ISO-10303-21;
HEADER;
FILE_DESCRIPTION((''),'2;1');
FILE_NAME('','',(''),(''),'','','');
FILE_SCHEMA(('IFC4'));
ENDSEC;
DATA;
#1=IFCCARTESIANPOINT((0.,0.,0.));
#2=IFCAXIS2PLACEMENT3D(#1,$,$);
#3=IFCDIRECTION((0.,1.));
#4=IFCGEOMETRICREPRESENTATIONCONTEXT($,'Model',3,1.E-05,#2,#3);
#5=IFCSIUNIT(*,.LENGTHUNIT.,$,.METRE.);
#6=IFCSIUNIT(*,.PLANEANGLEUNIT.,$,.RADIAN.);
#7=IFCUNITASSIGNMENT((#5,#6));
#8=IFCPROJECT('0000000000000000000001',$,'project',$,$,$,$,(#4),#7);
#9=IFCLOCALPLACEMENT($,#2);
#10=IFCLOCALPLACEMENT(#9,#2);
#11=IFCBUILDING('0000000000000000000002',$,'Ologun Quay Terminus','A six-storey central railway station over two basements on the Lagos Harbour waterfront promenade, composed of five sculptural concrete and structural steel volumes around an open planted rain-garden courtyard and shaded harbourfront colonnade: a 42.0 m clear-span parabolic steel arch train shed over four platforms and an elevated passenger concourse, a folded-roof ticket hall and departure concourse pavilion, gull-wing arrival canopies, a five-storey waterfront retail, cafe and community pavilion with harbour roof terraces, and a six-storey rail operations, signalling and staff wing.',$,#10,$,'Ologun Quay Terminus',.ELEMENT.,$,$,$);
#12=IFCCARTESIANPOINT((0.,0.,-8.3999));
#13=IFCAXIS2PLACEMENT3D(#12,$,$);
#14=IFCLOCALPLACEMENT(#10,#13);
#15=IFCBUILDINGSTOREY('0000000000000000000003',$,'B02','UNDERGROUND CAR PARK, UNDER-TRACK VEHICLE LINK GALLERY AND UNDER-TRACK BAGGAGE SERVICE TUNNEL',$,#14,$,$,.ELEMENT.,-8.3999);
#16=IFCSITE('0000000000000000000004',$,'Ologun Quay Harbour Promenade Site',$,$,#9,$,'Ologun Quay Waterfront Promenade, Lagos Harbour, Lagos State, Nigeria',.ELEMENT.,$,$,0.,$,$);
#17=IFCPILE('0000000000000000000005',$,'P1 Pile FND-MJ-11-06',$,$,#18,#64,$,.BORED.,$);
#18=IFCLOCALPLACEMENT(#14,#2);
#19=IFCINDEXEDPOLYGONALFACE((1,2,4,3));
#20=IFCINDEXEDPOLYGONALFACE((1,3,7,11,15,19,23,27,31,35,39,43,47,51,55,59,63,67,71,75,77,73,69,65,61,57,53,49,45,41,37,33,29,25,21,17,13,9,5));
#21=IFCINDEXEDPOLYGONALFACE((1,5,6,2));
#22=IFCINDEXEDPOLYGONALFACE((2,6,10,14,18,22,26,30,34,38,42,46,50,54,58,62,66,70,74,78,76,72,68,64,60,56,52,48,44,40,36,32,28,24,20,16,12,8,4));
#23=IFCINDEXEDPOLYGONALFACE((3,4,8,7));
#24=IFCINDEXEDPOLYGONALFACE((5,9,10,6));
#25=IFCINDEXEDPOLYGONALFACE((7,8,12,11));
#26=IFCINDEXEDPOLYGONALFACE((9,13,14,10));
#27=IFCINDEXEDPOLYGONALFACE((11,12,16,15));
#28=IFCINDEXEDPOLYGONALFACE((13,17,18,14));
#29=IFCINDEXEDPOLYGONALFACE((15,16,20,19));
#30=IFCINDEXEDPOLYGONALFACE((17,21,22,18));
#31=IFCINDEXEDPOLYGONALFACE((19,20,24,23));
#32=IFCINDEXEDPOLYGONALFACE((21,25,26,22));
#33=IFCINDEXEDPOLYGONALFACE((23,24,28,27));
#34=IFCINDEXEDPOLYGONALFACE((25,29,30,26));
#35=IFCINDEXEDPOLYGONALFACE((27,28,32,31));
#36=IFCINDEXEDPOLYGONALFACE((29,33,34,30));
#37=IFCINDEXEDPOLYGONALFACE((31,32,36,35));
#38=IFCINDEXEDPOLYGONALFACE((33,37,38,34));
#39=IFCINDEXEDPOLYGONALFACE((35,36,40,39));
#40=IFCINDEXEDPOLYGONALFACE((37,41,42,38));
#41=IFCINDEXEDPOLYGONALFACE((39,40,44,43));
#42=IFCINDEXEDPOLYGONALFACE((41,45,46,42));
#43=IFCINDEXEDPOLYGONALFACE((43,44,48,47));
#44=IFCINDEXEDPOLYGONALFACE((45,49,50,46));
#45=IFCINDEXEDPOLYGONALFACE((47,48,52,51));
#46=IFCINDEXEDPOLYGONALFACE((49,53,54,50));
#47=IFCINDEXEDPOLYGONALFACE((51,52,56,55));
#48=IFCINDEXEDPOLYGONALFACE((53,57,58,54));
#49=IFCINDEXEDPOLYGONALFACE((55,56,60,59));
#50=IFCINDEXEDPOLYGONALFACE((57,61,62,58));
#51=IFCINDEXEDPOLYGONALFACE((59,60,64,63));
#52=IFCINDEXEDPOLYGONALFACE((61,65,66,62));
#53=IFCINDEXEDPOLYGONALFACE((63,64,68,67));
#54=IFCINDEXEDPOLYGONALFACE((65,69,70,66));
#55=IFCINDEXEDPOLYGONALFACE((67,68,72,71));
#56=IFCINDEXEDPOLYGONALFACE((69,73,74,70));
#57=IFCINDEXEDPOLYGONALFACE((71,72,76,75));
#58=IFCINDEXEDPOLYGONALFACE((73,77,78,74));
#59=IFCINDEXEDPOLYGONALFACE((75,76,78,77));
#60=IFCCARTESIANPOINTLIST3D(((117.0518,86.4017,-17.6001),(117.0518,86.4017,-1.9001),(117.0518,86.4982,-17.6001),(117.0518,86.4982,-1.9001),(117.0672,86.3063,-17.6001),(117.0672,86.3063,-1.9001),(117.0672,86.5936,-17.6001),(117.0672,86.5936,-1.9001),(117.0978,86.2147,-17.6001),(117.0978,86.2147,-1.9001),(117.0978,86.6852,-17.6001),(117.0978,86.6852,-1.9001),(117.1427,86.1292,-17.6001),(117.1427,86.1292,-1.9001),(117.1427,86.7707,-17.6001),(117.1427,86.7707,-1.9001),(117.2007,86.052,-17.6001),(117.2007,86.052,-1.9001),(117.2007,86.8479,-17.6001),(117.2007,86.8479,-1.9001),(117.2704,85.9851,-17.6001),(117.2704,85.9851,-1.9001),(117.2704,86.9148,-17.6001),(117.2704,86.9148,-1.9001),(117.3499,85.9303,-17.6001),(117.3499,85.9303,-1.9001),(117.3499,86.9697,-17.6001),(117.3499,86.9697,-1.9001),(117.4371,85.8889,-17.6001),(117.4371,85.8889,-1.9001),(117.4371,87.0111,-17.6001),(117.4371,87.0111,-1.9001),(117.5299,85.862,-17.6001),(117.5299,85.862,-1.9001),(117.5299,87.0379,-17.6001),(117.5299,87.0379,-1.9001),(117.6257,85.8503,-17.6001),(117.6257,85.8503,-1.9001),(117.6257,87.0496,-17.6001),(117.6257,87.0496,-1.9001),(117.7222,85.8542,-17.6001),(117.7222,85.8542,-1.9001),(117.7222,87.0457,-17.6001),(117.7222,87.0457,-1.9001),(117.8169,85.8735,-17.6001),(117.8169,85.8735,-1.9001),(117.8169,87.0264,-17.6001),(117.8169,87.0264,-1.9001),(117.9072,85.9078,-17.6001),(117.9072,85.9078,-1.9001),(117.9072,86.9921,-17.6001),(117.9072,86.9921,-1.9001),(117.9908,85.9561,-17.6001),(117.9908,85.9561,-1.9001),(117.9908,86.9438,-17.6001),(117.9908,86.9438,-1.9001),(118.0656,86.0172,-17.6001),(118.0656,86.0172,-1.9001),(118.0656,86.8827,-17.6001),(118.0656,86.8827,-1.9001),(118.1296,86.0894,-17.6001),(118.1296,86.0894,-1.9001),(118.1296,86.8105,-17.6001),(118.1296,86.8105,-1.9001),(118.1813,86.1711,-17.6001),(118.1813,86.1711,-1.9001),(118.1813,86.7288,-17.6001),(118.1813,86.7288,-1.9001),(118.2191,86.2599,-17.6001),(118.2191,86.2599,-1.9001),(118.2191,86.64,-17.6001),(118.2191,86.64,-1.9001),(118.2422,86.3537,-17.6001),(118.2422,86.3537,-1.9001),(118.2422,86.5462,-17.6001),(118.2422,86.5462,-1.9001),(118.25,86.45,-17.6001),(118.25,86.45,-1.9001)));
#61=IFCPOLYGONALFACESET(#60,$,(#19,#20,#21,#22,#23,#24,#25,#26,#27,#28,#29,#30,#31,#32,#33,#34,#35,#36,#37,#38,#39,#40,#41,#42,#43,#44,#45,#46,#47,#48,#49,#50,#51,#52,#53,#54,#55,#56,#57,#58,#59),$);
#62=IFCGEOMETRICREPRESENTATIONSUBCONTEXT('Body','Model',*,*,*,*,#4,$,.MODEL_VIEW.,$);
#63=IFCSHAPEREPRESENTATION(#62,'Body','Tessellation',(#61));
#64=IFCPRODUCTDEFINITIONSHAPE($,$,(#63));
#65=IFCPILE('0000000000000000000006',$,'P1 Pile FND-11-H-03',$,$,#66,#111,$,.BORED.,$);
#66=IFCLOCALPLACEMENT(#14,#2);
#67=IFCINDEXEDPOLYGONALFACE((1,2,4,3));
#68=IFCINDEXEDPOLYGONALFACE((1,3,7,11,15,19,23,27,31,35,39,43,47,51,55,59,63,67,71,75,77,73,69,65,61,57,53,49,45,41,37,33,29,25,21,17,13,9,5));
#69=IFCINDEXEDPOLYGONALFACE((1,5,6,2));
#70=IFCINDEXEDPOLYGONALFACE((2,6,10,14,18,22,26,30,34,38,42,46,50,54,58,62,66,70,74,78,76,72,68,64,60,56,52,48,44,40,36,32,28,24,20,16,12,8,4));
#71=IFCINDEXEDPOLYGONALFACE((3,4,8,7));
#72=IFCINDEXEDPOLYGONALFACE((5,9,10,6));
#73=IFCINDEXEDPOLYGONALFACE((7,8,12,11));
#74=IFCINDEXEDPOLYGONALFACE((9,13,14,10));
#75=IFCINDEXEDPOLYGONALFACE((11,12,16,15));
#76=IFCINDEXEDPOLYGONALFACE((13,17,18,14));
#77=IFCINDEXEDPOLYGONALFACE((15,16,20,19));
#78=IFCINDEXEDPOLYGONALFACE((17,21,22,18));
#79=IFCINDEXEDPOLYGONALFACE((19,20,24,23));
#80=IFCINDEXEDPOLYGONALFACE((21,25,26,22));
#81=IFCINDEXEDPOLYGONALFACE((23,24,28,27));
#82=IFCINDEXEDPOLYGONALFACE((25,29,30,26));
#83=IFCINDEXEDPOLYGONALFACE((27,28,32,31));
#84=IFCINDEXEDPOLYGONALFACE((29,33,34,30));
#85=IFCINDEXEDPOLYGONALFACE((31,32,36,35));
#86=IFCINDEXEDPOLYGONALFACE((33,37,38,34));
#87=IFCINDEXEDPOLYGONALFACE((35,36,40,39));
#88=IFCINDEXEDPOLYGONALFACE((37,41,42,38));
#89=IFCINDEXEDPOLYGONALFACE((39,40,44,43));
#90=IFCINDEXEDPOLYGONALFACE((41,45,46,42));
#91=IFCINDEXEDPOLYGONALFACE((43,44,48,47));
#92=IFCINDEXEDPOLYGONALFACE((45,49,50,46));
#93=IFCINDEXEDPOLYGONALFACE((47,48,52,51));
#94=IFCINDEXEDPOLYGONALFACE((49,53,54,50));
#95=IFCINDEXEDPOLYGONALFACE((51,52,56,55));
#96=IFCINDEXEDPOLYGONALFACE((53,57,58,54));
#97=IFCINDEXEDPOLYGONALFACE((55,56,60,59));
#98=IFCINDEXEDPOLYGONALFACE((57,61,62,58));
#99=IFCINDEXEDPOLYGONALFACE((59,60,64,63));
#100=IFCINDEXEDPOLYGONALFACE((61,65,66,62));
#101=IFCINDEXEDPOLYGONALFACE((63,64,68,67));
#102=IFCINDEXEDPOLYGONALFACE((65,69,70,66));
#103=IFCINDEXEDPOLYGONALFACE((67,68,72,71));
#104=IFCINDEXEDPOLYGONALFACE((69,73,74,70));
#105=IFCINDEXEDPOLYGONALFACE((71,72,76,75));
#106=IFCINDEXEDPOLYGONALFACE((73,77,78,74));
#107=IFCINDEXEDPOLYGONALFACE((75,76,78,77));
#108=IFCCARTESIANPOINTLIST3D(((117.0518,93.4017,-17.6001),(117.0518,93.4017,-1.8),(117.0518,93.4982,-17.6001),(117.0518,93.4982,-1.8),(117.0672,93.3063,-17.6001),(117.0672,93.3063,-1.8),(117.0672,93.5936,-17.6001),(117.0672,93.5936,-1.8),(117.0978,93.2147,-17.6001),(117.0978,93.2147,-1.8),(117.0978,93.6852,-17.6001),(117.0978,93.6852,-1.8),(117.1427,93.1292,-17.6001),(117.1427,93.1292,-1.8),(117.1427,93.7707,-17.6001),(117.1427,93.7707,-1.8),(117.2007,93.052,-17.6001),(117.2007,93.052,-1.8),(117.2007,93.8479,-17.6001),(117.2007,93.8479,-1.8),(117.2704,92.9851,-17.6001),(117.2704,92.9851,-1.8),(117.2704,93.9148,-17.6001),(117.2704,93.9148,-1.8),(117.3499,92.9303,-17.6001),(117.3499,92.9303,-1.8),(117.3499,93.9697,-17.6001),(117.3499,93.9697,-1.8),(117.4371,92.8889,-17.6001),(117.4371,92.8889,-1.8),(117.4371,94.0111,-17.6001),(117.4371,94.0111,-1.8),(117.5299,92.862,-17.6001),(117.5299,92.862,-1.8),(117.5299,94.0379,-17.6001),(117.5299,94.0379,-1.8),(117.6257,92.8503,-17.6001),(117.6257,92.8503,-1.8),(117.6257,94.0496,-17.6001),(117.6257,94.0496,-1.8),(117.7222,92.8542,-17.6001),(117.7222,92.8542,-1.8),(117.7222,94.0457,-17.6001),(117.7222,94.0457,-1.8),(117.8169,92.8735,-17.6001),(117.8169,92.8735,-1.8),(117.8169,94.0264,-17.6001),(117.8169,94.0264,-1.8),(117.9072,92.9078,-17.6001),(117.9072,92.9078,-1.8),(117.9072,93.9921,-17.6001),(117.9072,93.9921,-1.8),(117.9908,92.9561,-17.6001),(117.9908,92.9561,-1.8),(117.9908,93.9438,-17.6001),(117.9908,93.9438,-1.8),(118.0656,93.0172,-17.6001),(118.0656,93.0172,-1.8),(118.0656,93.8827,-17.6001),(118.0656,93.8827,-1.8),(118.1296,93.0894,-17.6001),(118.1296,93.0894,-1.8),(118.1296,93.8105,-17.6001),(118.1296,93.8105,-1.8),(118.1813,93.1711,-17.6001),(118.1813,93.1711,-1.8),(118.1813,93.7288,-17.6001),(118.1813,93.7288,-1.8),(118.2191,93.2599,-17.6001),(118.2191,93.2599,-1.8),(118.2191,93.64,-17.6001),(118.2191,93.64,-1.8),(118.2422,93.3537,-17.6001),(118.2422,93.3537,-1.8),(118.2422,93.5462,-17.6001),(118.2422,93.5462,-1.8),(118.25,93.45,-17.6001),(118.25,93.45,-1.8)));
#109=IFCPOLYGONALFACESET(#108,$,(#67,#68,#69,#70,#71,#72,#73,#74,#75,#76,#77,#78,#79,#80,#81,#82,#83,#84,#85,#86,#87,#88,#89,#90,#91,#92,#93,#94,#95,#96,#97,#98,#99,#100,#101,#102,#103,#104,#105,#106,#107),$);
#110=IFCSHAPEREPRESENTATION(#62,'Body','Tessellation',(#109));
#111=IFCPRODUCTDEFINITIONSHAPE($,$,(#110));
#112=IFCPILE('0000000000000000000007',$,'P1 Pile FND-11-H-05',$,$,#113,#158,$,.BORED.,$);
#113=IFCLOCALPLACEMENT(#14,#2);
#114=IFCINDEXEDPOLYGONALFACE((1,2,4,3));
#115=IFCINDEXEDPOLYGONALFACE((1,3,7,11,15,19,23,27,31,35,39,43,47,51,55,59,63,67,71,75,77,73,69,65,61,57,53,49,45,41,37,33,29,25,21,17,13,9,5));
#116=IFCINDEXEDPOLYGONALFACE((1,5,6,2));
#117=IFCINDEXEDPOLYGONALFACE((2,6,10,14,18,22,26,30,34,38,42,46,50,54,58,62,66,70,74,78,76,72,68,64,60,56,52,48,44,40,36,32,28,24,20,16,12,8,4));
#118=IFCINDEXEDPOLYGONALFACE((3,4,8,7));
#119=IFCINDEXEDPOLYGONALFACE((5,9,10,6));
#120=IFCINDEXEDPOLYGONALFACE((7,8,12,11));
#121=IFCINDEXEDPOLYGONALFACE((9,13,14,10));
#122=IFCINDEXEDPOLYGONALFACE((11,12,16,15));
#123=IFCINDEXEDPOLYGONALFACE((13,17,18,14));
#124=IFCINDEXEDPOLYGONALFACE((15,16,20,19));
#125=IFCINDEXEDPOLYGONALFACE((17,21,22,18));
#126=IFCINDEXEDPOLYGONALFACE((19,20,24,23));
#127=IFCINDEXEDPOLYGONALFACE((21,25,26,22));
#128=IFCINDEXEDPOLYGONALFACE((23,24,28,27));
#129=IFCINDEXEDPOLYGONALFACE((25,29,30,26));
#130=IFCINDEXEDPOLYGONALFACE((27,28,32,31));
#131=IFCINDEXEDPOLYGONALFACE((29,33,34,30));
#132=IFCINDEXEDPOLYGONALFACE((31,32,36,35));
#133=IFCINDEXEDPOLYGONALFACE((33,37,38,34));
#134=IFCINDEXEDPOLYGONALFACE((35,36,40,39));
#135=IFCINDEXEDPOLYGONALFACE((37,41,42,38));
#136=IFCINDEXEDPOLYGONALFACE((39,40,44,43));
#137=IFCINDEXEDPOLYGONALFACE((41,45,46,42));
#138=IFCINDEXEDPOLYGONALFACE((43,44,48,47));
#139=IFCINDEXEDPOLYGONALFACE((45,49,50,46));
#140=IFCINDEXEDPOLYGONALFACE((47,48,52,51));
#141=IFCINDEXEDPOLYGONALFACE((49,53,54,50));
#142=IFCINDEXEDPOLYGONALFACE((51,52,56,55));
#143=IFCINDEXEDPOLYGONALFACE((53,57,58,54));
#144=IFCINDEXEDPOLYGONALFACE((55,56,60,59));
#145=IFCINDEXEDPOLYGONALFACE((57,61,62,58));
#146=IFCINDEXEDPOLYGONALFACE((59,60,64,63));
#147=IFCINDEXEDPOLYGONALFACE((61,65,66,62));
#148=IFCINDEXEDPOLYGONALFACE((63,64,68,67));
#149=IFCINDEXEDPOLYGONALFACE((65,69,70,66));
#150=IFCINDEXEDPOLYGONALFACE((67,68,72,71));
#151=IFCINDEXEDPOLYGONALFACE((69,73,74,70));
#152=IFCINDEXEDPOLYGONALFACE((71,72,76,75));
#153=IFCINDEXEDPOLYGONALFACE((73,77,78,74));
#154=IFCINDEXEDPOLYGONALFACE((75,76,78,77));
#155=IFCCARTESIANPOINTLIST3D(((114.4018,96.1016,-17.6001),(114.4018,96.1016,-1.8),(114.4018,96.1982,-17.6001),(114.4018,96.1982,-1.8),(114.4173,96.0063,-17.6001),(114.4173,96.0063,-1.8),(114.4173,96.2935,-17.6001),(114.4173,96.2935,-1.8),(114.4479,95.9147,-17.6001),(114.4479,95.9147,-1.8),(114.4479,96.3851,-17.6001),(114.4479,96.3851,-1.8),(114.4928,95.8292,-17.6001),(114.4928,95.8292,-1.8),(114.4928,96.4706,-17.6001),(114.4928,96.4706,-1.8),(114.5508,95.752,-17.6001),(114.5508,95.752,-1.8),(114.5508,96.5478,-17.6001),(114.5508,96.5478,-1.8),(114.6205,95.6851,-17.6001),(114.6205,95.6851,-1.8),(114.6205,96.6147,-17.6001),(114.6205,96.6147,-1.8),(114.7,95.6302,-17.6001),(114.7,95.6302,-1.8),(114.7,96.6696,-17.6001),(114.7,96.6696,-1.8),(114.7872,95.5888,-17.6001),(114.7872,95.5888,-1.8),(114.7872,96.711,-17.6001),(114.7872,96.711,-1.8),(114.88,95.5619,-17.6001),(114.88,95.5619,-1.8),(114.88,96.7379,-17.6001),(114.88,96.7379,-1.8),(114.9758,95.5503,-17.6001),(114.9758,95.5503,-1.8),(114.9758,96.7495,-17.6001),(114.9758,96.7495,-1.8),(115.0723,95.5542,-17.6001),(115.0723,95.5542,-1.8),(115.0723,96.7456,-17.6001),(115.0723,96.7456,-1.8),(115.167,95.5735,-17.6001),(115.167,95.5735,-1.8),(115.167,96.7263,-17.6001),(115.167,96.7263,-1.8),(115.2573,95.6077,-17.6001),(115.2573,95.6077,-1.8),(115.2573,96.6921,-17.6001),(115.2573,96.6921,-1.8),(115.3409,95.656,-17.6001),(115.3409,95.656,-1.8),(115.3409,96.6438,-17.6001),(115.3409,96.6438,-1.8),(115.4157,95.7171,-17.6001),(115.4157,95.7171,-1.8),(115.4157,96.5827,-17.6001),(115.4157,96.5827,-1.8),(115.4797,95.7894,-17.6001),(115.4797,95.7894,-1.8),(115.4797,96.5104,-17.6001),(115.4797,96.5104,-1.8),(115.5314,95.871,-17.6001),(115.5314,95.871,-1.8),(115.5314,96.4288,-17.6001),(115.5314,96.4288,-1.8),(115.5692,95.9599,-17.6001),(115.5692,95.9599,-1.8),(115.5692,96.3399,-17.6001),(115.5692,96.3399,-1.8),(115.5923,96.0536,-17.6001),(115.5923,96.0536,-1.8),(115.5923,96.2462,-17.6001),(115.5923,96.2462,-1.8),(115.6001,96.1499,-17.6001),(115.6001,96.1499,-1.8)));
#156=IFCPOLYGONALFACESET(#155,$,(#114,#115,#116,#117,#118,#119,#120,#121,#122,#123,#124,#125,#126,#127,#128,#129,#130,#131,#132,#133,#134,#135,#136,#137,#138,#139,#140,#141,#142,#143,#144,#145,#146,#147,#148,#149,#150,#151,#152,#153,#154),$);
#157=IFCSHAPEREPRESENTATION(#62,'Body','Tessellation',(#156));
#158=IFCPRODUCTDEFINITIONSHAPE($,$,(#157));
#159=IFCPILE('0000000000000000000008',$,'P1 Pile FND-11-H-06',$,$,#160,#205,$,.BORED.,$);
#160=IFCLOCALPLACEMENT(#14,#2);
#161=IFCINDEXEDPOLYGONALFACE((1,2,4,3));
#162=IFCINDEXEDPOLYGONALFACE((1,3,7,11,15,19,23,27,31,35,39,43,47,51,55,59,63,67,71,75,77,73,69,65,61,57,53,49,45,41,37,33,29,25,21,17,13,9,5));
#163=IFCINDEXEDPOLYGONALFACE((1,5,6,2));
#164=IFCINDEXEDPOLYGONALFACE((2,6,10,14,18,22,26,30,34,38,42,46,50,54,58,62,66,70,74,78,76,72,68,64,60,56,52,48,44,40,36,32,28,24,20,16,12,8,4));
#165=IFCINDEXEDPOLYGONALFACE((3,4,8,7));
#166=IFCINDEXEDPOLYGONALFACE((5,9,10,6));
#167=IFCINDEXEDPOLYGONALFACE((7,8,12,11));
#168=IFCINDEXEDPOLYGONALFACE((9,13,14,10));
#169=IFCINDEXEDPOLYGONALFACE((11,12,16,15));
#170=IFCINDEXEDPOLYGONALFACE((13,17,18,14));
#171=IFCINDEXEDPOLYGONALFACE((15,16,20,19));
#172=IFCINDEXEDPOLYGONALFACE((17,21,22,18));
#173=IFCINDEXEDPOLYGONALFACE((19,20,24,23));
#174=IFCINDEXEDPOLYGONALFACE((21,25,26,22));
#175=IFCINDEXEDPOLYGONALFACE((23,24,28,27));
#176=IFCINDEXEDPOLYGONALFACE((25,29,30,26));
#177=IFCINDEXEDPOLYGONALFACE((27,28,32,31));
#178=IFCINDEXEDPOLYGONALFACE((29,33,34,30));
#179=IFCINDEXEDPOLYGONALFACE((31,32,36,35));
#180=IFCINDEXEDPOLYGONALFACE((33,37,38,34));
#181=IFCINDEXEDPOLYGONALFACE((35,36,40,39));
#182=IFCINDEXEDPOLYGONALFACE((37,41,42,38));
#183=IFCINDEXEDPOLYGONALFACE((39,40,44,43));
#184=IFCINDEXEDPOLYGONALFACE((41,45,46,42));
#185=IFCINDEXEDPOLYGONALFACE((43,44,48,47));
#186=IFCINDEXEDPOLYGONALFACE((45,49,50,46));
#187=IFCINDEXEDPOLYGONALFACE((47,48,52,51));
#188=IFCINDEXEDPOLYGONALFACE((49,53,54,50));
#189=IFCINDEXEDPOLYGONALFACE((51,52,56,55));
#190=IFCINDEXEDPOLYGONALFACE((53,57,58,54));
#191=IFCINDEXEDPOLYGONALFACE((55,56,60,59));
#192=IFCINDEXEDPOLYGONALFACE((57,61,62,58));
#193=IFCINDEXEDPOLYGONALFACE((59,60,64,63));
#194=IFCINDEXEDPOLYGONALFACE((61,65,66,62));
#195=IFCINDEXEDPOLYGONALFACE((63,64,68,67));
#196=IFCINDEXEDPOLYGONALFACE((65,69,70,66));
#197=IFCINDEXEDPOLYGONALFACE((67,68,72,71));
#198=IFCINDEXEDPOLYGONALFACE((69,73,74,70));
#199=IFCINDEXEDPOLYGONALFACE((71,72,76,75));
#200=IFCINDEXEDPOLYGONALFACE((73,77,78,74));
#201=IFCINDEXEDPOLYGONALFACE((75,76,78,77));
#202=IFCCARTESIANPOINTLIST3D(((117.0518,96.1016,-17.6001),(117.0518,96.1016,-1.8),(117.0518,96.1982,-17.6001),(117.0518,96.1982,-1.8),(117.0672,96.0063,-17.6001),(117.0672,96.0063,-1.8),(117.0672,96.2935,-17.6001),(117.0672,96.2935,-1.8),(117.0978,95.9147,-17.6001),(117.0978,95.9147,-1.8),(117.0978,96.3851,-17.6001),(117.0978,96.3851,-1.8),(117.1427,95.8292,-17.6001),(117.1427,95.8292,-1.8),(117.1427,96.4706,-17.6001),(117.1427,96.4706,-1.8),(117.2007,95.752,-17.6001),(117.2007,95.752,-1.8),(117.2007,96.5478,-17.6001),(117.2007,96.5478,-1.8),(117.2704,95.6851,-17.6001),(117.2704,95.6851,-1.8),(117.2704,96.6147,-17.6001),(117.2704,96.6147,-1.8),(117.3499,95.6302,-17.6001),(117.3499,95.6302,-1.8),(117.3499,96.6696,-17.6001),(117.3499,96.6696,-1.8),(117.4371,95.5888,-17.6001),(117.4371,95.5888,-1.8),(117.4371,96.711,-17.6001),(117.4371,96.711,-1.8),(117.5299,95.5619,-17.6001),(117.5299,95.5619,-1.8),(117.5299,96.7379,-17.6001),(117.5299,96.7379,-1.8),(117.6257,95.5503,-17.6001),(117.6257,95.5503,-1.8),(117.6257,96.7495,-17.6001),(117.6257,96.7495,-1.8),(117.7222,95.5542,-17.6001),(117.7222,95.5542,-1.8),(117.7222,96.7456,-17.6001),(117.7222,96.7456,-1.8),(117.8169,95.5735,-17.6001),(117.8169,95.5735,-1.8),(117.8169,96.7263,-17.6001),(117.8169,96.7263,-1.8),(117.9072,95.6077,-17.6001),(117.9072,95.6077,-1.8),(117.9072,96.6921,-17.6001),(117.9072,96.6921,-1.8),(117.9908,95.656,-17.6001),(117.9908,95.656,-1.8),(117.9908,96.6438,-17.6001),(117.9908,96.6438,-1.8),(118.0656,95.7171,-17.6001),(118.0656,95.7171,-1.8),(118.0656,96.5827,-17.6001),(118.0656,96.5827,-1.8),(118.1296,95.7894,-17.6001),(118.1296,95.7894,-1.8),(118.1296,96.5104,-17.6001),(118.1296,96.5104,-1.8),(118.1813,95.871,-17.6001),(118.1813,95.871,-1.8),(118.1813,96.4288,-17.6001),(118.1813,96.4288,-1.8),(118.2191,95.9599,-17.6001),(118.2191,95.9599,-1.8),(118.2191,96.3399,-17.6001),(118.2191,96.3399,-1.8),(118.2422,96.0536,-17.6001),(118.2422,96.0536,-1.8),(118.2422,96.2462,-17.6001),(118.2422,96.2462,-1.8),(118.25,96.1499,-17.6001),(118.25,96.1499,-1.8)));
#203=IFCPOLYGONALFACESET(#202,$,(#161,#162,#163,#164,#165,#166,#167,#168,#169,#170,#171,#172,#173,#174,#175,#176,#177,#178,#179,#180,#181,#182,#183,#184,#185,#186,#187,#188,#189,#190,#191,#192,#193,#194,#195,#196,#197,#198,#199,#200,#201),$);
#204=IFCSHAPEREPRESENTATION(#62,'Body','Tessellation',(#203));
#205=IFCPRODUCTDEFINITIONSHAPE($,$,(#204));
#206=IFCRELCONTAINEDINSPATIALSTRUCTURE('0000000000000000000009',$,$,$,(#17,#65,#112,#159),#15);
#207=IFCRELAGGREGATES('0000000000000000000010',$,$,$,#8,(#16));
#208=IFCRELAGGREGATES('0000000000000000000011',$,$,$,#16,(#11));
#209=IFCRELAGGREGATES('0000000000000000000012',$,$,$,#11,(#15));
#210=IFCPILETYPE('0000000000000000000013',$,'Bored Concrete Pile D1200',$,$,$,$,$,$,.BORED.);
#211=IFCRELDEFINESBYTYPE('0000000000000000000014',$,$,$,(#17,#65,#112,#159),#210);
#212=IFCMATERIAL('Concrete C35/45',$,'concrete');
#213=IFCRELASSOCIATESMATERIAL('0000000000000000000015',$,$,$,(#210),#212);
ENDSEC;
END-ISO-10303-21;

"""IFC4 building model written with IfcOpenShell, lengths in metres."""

from ifc_helpers import new_model, si_unit, direction, frame, origin, origin_2d, place, context, subcontext, project, spatial, circle, extrude, material, material_profile, profile_set, type_object, element, save


model = new_model("IFC4")

# Units and contexts
model_context = context("Model", 3, precision=1e-05, world=origin(), true_north=direction((0.0, 1.0)))
body_context = subcontext(model_context, "Body", "Model", "MODEL_VIEW")
ifc_project = project(units=[si_unit("LENGTHUNIT", "METRE"), si_unit("PLANEANGLEUNIT", "RADIAN")], contexts=[model_context])

# Site, building, storey
site_placement = place(None, origin())
site = spatial("IfcSite", under=ifc_project, at=site_placement, Name="Ologun Quay Harbour Promenade Site", LongName="Ologun Quay Waterfront Promenade, Lagos Harbour, Lagos State, Nigeria", CompositionType="ELEMENT", RefElevation=0.0)
building_placement = place(site_placement, origin())
building = spatial("IfcBuilding", under=site, at=building_placement, Name="Ologun Quay Terminus", Description="A six-storey central railway station over two basements on the Lagos Harbour waterfront promenade, composed of five sculptural concrete and structural steel volumes around an open planted rain-garden courtyard and shaded harbourfront colonnade: a 42.0 m clear-span parabolic steel arch train shed over four platforms and an elevated passenger concourse, a folded-roof ticket hall and departure concourse pavilion, gull-wing arrival canopies, a five-storey waterfront retail, cafe and community pavilion with harbour roof terraces, and a six-storey rail operations, signalling and staff wing.", LongName="Ologun Quay Terminus", CompositionType="ELEMENT")
storey_placement = place(building_placement, frame((0.0, 0.0, -8.3999)))
storey = spatial("IfcBuildingStorey", under=building, at=storey_placement, Name="B02", Description="UNDERGROUND CAR PARK, UNDER-TRACK VEHICLE LINK GALLERY AND UNDER-TRACK BAGGAGE SERVICE TUNNEL", CompositionType="ELEMENT", Elevation=-8.3999)

# Piles
ifc_material_1 = material(Name="Concrete C35/45", Category="concrete")
ifc_material_profile_1 = material_profile(ifc_material_1, circle(Radius=0.6001, at=origin_2d()), Name="PILE D1200")
ifc_profile_set_1 = profile_set([ifc_material_profile_1], Name="Concrete C35/45")
pile_type = type_object("IfcPileType", Name="Bored Concrete Pile D1200", PredefinedType="BORED", material=ifc_profile_set_1)
pile_placement = place(storey_placement, frame((117.6499, 86.45, -1.9001), z_axis=(0.0, 0.0, -1.0), x_axis=(1.0, 0.0, 0.0)))
element("IfcPile", 1, at=pile_placement, inside=storey, type_object=pile_type, Name="P1 Pile FND-MJ-11-06", PredefinedType="BORED", context=body_context, shape_type="SweptSolid", body=[
    extrude(circle(Radius=0.6001, at=origin_2d()), origin(), (0.0, 0.0, 1.0), 15.7),
])
for number, where, z_axis, x_axis, name in (
    (2, (117.6499, 93.45, -1.8), (0.0, 0.0, -1.0), (1.0, 0.0, 0.0), "P1 Pile FND-11-H-03"),
    (3, (115.0, 96.1499, -1.8), (0.0, 0.0, -1.0), (1.0, 0.0, 0.0), "P1 Pile FND-11-H-05"),
    (4, (117.6499, 96.1499, -1.8), (0.0, 0.0, -1.0), (1.0, 0.0, 0.0), "P1 Pile FND-11-H-06"),
):
    element("IfcPile", number, at=place(storey_placement, frame(where, z_axis=z_axis, x_axis=x_axis)), inside=storey, type_object=pile_type, Name=name, PredefinedType="BORED", context=body_context, shape_type="SweptSolid", body=[
        extrude(circle(Radius=0.6001, at=origin_2d()), origin(), (0.0, 0.0, 1.0), 15.8),
    ])

save(model, "model.ifc")
